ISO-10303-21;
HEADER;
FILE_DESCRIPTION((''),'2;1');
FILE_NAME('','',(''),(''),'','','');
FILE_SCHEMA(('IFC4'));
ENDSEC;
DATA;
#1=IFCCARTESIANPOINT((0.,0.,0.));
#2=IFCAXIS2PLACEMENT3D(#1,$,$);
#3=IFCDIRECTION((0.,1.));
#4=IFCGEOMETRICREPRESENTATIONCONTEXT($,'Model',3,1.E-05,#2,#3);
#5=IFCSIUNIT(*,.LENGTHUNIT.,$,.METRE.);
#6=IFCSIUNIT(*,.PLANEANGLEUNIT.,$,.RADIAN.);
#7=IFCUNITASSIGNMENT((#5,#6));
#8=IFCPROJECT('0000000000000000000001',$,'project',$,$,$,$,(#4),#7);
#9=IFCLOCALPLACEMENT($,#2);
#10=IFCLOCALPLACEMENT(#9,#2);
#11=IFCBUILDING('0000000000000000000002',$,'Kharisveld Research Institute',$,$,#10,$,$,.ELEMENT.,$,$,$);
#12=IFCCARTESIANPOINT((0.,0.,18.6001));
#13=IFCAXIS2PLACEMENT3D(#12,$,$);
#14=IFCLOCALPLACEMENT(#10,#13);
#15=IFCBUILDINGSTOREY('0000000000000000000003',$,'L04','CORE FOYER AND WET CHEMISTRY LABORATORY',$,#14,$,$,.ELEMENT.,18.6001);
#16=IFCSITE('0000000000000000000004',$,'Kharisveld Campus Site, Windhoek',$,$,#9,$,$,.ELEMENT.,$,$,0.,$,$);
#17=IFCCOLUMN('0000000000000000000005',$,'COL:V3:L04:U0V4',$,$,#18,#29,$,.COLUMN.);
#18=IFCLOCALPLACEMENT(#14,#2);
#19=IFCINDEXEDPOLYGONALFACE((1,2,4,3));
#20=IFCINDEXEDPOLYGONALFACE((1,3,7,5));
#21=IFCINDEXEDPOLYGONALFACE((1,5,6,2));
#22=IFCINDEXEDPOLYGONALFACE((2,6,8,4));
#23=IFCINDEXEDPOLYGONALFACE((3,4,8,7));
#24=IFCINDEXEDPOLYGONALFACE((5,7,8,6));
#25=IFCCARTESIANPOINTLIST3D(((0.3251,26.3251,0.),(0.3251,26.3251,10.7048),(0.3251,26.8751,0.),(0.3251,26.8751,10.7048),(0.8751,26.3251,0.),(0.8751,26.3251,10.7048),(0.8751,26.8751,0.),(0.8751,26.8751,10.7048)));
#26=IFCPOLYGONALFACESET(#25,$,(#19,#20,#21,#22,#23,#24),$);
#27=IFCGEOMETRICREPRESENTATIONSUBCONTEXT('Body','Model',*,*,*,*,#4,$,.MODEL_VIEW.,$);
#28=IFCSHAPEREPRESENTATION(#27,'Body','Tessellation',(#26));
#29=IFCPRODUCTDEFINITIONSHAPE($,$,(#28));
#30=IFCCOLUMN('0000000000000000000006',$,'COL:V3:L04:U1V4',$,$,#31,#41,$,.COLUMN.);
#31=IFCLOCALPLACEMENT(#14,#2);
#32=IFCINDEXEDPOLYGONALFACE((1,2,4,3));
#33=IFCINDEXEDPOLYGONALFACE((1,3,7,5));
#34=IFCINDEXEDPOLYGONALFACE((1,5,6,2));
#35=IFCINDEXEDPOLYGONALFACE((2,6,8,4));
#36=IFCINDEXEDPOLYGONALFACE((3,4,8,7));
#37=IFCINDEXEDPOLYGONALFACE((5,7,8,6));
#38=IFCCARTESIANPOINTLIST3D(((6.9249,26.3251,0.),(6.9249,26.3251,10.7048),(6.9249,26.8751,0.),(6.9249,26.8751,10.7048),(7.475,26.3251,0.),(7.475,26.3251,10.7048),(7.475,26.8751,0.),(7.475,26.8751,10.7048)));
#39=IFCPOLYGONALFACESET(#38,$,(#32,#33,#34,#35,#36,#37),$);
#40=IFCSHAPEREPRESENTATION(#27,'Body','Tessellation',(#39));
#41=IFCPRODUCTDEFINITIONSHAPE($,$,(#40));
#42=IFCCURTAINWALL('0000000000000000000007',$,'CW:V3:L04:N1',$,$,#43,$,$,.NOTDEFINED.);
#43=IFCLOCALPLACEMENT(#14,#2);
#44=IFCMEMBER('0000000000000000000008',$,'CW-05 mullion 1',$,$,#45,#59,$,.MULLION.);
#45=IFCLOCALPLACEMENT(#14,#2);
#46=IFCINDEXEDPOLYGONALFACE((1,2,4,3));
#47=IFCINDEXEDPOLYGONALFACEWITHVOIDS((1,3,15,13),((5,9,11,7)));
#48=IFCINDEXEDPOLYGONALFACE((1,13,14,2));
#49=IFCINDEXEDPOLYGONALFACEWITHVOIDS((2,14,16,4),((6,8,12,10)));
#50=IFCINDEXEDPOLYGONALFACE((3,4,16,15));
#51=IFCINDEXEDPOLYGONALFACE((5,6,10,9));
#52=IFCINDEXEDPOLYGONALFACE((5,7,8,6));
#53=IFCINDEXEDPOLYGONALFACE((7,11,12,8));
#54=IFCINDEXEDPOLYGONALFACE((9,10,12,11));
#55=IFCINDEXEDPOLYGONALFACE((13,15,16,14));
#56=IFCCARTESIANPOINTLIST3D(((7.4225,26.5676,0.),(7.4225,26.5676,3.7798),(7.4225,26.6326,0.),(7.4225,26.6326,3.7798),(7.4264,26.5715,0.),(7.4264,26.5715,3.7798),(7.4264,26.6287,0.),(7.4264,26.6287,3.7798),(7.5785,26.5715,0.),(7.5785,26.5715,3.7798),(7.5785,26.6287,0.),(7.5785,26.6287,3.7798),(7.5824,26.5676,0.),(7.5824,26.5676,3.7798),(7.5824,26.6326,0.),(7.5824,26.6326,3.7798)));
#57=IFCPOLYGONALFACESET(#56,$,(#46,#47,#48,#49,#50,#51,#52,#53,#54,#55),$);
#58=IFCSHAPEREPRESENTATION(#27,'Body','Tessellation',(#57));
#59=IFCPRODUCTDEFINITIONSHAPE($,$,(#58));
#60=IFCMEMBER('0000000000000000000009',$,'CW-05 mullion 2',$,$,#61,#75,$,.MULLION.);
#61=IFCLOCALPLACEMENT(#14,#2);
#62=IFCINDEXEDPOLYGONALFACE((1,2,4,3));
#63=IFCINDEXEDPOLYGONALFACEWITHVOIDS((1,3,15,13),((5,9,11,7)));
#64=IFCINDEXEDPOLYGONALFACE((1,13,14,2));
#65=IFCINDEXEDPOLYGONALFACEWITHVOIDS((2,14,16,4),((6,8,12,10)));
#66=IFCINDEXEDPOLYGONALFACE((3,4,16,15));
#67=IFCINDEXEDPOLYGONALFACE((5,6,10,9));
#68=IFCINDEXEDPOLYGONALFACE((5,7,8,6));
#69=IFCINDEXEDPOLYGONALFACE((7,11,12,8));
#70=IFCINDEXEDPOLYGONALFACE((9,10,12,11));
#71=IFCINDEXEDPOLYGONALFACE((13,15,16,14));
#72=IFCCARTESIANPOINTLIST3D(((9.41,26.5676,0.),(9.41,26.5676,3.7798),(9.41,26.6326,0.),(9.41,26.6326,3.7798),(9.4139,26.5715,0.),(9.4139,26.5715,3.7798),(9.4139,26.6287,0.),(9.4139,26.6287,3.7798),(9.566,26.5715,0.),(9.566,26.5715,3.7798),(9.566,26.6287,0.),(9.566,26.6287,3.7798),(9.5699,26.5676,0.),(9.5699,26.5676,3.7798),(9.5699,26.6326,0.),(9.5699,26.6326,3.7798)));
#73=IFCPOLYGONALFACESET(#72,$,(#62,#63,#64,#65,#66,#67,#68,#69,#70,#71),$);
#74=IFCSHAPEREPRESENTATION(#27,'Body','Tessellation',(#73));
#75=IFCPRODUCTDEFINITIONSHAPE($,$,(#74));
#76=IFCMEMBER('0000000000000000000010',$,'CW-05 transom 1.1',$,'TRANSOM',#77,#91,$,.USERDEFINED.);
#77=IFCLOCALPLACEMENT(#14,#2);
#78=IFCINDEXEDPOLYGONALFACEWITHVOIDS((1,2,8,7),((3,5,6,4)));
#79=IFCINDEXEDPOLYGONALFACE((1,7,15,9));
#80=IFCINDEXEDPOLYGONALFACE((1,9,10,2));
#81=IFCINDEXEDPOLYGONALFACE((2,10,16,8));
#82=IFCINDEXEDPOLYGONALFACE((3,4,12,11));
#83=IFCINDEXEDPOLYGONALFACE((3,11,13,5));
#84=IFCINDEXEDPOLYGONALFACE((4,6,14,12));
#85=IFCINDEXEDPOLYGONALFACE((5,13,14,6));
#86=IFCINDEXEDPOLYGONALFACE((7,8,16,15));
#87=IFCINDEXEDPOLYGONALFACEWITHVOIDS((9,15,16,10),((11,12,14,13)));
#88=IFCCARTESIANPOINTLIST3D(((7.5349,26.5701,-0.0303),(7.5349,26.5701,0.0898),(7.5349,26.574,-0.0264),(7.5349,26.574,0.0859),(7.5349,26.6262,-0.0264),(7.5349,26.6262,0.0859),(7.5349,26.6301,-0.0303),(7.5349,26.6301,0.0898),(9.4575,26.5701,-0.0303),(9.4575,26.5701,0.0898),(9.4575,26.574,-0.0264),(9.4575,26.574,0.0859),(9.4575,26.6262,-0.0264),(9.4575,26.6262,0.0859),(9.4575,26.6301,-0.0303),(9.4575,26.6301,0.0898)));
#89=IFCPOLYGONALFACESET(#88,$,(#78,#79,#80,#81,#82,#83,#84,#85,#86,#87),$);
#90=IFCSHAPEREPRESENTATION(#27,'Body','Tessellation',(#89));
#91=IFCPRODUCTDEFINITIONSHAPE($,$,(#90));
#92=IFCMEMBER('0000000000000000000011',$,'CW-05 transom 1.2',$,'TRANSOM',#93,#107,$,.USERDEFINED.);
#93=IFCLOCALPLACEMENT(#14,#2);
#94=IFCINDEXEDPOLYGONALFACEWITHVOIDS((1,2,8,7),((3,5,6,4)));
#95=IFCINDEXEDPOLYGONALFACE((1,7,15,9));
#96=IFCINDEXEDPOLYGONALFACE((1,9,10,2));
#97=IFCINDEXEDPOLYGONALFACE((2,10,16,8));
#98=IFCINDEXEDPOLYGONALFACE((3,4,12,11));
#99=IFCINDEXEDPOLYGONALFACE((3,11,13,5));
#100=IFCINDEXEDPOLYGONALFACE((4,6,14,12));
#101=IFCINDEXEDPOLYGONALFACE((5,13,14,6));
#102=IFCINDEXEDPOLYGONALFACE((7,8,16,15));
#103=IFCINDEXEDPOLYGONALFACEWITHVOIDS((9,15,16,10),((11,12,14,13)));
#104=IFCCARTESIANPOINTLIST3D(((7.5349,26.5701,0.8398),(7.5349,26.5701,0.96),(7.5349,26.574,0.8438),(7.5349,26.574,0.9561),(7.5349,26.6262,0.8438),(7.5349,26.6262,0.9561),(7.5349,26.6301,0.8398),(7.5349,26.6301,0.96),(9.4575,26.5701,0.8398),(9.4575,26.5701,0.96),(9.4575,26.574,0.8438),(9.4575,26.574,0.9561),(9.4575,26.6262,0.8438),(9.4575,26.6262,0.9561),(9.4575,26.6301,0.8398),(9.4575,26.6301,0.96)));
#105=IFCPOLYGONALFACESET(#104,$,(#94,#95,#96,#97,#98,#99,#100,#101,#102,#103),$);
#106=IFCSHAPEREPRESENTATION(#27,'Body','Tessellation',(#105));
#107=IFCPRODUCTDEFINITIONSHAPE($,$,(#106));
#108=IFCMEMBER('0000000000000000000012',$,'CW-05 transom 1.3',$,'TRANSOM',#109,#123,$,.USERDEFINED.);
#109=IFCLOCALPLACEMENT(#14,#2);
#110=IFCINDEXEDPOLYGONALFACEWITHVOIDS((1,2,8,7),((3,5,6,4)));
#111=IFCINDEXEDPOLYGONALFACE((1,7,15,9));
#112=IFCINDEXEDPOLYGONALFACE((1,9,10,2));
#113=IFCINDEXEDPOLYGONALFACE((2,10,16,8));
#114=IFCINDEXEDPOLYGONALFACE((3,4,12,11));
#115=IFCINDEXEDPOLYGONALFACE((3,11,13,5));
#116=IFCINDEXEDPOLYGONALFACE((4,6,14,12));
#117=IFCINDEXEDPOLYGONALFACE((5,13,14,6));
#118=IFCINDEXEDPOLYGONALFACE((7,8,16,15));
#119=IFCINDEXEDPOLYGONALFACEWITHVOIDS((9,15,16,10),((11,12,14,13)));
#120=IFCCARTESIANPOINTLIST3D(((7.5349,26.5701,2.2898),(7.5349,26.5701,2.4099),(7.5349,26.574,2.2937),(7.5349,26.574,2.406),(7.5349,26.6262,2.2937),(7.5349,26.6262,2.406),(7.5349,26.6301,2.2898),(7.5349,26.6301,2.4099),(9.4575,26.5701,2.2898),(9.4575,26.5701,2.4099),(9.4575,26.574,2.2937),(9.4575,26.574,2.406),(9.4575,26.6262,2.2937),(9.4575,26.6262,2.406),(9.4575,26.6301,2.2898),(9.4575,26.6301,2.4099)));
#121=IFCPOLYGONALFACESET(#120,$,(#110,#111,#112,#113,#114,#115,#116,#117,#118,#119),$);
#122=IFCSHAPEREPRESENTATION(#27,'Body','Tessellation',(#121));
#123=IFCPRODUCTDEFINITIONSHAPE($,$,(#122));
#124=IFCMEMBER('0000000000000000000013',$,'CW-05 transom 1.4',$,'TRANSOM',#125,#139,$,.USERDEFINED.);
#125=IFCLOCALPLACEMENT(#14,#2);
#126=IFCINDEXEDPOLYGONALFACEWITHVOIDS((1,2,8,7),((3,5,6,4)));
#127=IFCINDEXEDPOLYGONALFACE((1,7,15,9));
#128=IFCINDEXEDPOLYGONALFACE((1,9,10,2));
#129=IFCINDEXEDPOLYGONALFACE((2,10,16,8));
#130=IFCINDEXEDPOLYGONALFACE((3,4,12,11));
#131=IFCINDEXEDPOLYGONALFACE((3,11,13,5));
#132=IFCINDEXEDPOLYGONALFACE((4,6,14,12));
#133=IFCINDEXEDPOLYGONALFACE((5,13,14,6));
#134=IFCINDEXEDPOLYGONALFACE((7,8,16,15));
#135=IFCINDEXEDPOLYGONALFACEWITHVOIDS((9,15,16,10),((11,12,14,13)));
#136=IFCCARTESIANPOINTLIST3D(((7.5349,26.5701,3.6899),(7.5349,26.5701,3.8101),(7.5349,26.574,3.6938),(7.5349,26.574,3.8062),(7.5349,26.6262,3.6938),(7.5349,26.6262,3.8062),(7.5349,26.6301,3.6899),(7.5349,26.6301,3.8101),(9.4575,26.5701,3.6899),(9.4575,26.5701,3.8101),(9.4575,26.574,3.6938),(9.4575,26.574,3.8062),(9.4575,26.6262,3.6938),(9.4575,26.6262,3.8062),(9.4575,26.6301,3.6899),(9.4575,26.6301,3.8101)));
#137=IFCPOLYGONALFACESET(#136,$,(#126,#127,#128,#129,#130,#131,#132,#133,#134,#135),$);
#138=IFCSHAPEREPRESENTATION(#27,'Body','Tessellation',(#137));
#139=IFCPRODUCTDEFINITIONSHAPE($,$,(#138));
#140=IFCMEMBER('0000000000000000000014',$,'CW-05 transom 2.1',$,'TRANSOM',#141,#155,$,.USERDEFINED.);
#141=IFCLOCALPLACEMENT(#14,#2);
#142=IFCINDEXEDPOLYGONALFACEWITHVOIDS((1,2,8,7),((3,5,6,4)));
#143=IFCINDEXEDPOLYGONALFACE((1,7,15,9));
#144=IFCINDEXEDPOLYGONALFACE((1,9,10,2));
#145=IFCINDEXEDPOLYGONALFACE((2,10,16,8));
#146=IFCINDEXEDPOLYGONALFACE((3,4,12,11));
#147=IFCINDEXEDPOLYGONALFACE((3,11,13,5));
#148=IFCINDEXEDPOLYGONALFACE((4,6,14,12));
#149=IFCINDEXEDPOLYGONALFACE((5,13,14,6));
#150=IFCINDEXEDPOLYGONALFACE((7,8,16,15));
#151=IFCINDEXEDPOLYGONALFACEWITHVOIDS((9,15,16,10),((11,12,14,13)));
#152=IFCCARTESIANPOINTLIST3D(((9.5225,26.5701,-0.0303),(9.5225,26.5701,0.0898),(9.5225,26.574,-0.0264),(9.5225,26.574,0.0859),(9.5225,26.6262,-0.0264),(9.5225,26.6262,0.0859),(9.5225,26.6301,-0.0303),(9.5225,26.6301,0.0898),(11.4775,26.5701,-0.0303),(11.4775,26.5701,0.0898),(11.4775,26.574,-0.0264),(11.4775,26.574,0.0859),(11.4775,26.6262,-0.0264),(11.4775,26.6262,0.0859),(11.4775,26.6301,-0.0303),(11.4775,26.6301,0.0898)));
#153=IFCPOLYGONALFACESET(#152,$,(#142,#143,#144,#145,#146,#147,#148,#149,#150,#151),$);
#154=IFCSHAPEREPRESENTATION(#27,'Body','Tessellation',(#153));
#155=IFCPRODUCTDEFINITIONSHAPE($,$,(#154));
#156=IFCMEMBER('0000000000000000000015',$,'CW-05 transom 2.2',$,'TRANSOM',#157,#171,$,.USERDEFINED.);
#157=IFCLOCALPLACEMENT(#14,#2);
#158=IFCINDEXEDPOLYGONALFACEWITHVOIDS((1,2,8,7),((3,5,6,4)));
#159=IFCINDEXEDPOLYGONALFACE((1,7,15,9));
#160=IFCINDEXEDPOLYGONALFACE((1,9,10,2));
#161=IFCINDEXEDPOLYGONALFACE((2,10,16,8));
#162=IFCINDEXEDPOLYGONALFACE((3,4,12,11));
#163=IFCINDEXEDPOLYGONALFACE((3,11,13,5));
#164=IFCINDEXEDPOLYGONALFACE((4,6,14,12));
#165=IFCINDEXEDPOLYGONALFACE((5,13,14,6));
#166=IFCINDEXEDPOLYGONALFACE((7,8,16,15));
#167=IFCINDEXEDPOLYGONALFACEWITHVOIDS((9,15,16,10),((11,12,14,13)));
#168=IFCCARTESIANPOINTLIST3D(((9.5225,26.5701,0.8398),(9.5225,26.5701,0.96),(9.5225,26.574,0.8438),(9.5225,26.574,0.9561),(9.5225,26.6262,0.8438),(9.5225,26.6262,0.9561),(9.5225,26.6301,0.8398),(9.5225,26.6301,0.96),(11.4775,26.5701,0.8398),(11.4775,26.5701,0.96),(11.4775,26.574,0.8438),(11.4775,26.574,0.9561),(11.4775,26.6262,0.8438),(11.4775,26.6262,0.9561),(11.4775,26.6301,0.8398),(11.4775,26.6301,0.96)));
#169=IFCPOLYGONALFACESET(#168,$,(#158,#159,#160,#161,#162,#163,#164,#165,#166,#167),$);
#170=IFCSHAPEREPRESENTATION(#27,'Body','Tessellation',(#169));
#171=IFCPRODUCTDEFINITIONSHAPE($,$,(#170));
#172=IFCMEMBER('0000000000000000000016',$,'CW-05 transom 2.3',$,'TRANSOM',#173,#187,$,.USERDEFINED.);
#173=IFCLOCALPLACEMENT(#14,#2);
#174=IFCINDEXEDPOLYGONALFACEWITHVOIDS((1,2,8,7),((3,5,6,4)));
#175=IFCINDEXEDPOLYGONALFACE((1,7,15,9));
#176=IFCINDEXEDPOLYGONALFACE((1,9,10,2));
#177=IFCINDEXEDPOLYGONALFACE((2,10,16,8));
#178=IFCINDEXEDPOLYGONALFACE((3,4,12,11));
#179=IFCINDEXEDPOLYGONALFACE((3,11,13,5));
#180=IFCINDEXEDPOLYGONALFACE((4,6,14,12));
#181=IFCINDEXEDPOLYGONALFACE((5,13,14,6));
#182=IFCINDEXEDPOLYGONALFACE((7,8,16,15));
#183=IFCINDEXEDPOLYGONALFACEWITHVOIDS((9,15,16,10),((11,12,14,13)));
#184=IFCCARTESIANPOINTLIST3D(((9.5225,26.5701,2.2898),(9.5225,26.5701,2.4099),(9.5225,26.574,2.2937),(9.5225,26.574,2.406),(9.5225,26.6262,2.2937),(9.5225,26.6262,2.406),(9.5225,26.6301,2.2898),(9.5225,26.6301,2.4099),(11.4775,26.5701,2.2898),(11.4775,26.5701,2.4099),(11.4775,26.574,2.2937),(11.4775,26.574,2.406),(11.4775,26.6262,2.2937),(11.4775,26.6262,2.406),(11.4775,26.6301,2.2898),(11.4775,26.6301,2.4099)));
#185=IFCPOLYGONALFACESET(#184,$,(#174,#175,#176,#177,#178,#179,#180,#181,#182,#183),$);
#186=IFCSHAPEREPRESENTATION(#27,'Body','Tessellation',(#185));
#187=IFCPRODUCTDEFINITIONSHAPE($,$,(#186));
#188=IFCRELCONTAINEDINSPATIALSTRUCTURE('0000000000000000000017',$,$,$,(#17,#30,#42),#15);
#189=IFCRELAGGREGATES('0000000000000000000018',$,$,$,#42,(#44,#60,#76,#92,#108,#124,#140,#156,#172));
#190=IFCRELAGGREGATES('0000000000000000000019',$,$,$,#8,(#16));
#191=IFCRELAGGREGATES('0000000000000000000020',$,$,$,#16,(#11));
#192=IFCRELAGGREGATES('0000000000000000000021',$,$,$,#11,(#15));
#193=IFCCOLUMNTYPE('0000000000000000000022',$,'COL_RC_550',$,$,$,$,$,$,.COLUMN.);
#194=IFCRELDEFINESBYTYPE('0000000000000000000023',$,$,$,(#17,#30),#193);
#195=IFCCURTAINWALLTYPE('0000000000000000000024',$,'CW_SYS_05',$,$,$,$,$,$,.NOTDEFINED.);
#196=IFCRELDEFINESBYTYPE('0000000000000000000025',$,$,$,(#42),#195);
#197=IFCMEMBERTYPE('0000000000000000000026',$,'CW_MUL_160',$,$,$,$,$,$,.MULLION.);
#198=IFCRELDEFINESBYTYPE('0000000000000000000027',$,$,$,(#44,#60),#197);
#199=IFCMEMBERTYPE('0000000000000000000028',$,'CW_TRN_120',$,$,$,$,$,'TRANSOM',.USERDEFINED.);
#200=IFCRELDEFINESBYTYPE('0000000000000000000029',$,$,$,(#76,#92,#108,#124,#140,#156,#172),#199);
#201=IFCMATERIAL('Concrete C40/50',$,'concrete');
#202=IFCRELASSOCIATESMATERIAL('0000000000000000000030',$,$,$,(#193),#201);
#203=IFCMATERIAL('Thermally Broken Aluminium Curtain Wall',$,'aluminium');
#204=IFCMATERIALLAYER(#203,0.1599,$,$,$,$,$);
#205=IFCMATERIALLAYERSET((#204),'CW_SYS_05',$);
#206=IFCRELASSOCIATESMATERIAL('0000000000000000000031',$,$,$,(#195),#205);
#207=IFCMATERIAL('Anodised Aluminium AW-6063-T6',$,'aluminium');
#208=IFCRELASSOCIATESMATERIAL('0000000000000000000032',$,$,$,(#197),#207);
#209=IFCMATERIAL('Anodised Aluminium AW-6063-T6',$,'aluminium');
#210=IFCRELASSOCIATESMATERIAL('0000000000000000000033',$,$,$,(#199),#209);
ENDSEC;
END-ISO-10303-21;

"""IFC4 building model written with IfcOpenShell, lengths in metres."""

from ifc_helpers import new_model, si_unit, direction, frame, origin, origin_2d, place, context, subcontext, project, spatial, rectangle, hollow_rectangle, extrude, material, layer, layer_set, material_profile, profile_set, type_object, element, aggregate, save


model = new_model("IFC4")

# Units and contexts
model_context = context("Model", 3, precision=1e-05, world=origin(), true_north=direction((0.0, 1.0)))
body_context = subcontext(model_context, "Body", "Model", "MODEL_VIEW")
ifc_project = project(units=[si_unit("LENGTHUNIT", "METRE"), si_unit("PLANEANGLEUNIT", "RADIAN")], contexts=[model_context])

# Site, building, storey
site_placement = place(None, origin())
site = spatial("IfcSite", under=ifc_project, at=site_placement, Name="Kharisveld Campus Site, Windhoek", CompositionType="ELEMENT", RefElevation=0.0)
building_placement = place(site_placement, origin())
building = spatial("IfcBuilding", under=site, at=building_placement, Name="Kharisveld Research Institute", CompositionType="ELEMENT")
storey_placement = place(building_placement, frame((0.0, 0.0, 18.6001)))
storey = spatial("IfcBuildingStorey", under=building, at=storey_placement, Name="L04", Description="CORE FOYER AND WET CHEMISTRY LABORATORY", CompositionType="ELEMENT", Elevation=18.6001)

# Columns
ifc_material_1 = material(Name="Concrete C40/50", Category="concrete")
ifc_material_profile_1 = material_profile(ifc_material_1, rectangle(XDim=0.55, YDim=0.55, at=origin_2d()))
ifc_profile_set_1 = profile_set([ifc_material_profile_1], Name="Concrete C40/50")
column_type = type_object("IfcColumnType", Name="COL_RC_550", PredefinedType="COLUMN", material=ifc_profile_set_1)
for number, where, z_axis, x_axis, name in (
    (1, (0.6001, 26.6001, 0.0), (0.0, 0.0, 1.0), (1.0, 0.0, 0.0), "COL:V3:L04:U0V4"),
    (2, (7.2, 26.6001, 0.0), (0.0, 0.0, 1.0), (1.0, 0.0, 0.0), "COL:V3:L04:U1V4"),
):
    element("IfcColumn", number, at=place(storey_placement, frame(where, z_axis=z_axis, x_axis=x_axis)), inside=storey, type_object=column_type, Name=name, PredefinedType="COLUMN", context=body_context, shape_type="SweptSolid", body=[
        extrude(rectangle(XDim=0.55, YDim=0.55, at=origin_2d()), origin(), (0.0, 0.0, 1.0), 10.7048),
    ])

# Curtain wall, members
ifc_material_2 = material(Name="Thermally Broken Aluminium Curtain Wall", Category="aluminium")
ifc_layer_1 = layer(ifc_material_2, 0.1599)
ifc_layer_set_1 = layer_set([ifc_layer_1], Name="CW_SYS_05")
curtain_wall_type = type_object("IfcCurtainWallType", Name="CW_SYS_05", PredefinedType="NOTDEFINED", material=ifc_layer_set_1)
curtain_wall_placement = place(storey_placement, origin())
curtain_wall = element("IfcCurtainWall", 3, at=curtain_wall_placement, inside=storey, type_object=curtain_wall_type, Name="CW:V3:L04:N1", PredefinedType="NOTDEFINED")
ifc_material_3 = material(Name="Anodised Aluminium AW-6063-T6", Category="aluminium")
ifc_material_profile_2 = material_profile(ifc_material_3, hollow_rectangle(XDim=0.0649, YDim=0.1599, WallThickness=0.0039, at=origin_2d()))
ifc_profile_set_2 = profile_set([ifc_material_profile_2], Name="Anodised Aluminium AW-6063-T6")
member_type_1 = type_object("IfcMemberType", Name="CW_MUL_160", PredefinedType="MULLION", material=ifc_profile_set_2)
member_1_placement = place(storey_placement, frame((7.5024, 26.6001, 0.0), z_axis=(0.0, 0.0, 1.0), x_axis=(0.0, 1.0, 0.0)))
member_1 = element("IfcMember", 4, at=member_1_placement, type_object=member_type_1, Name="CW-05 mullion 1", PredefinedType="MULLION", context=body_context, shape_type="SweptSolid", body=[
    extrude(hollow_rectangle(XDim=0.0649, YDim=0.1599, WallThickness=0.0039, at=origin_2d()), origin(), (0.0, 0.0, 1.0), 3.7798),
])
member_2_placement = place(storey_placement, frame((9.49, 26.6001, 0.0), z_axis=(0.0, 0.0, 1.0), x_axis=(0.0, 1.0, 0.0)))
member_2 = element("IfcMember", 5, at=member_2_placement, type_object=member_type_1, Name="CW-05 mullion 2", PredefinedType="MULLION", context=body_context, shape_type="SweptSolid", body=[
    extrude(hollow_rectangle(XDim=0.0649, YDim=0.1599, WallThickness=0.0039, at=origin_2d()), origin(), (0.0, 0.0, 1.0), 3.7798),
])
ifc_material_4 = material(Name="Anodised Aluminium AW-6063-T6", Category="aluminium")
ifc_material_profile_3 = material_profile(ifc_material_4, hollow_rectangle(XDim=0.0601, YDim=0.1201, WallThickness=0.0039, at=origin_2d()))
ifc_profile_set_3 = profile_set([ifc_material_profile_3], Name="Anodised Aluminium AW-6063-T6")
member_type_2 = type_object("IfcMemberType", Name="CW_TRN_120", ElementType="TRANSOM", PredefinedType="USERDEFINED", material=ifc_profile_set_3)
member_3_placement = place(storey_placement, frame((7.5349, 26.6001, 0.0298), z_axis=(1.0, 0.0, 0.0), x_axis=(0.0, 1.0, 0.0)))
member_3 = element("IfcMember", 6, at=member_3_placement, type_object=member_type_2, Name="CW-05 transom 1.1", ObjectType="TRANSOM", PredefinedType="USERDEFINED", context=body_context, shape_type="SweptSolid", body=[
    extrude(hollow_rectangle(XDim=0.0601, YDim=0.1201, WallThickness=0.0039, at=origin_2d()), origin(), (0.0, 0.0, 1.0), 1.9226),
])
member_4_placement = place(storey_placement, frame((7.5349, 26.6001, 0.8999), z_axis=(1.0, 0.0, 0.0), x_axis=(0.0, 1.0, 0.0)))
member_4 = element("IfcMember", 7, at=member_4_placement, type_object=member_type_2, Name="CW-05 transom 1.2", ObjectType="TRANSOM", PredefinedType="USERDEFINED", context=body_context, shape_type="SweptSolid", body=[
    extrude(hollow_rectangle(XDim=0.0601, YDim=0.1201, WallThickness=0.0039, at=origin_2d()), origin(), (0.0, 0.0, 1.0), 1.9226),
])
member_5_placement = place(storey_placement, frame((7.5349, 26.6001, 2.3499), z_axis=(1.0, 0.0, 0.0), x_axis=(0.0, 1.0, 0.0)))
member_5 = element("IfcMember", 8, at=member_5_placement, type_object=member_type_2, Name="CW-05 transom 1.3", ObjectType="TRANSOM", PredefinedType="USERDEFINED", context=body_context, shape_type="SweptSolid", body=[
    extrude(hollow_rectangle(XDim=0.0601, YDim=0.1201, WallThickness=0.0039, at=origin_2d()), origin(), (0.0, 0.0, 1.0), 1.9226),
])
member_6_placement = place(storey_placement, frame((7.5349, 26.6001, 3.75), z_axis=(1.0, 0.0, 0.0), x_axis=(0.0, 1.0, 0.0)))
member_6 = element("IfcMember", 9, at=member_6_placement, type_object=member_type_2, Name="CW-05 transom 1.4", ObjectType="TRANSOM", PredefinedType="USERDEFINED", context=body_context, shape_type="SweptSolid", body=[
    extrude(hollow_rectangle(XDim=0.0601, YDim=0.1201, WallThickness=0.0039, at=origin_2d()), origin(), (0.0, 0.0, 1.0), 1.9226),
])
member_7_placement = place(storey_placement, frame((9.5225, 26.6001, 0.0298), z_axis=(1.0, 0.0, 0.0), x_axis=(0.0, 1.0, 0.0)))
member_7 = element("IfcMember", 10, at=member_7_placement, type_object=member_type_2, Name="CW-05 transom 2.1", ObjectType="TRANSOM", PredefinedType="USERDEFINED", context=body_context, shape_type="SweptSolid", body=[
    extrude(hollow_rectangle(XDim=0.0601, YDim=0.1201, WallThickness=0.0039, at=origin_2d()), origin(), (0.0, 0.0, 1.0), 1.9551),
])
member_8_placement = place(storey_placement, frame((9.5225, 26.6001, 0.8999), z_axis=(1.0, 0.0, 0.0), x_axis=(0.0, 1.0, 0.0)))
member_8 = element("IfcMember", 11, at=member_8_placement, type_object=member_type_2, Name="CW-05 transom 2.2", ObjectType="TRANSOM", PredefinedType="USERDEFINED", context=body_context, shape_type="SweptSolid", body=[
    extrude(hollow_rectangle(XDim=0.0601, YDim=0.1201, WallThickness=0.0039, at=origin_2d()), origin(), (0.0, 0.0, 1.0), 1.9551),
])
member_9_placement = place(storey_placement, frame((9.5225, 26.6001, 2.3499), z_axis=(1.0, 0.0, 0.0), x_axis=(0.0, 1.0, 0.0)))
member_9 = element("IfcMember", 12, at=member_9_placement, type_object=member_type_2, Name="CW-05 transom 2.3", ObjectType="TRANSOM", PredefinedType="USERDEFINED", context=body_context, shape_type="SweptSolid", body=[
    extrude(hollow_rectangle(XDim=0.0601, YDim=0.1201, WallThickness=0.0039, at=origin_2d()), origin(), (0.0, 0.0, 1.0), 1.9551),
])
aggregate(curtain_wall, [member_1, member_2, member_3, member_4, member_5, member_6, member_7, member_8, member_9])

save(model, "model.ifc")
